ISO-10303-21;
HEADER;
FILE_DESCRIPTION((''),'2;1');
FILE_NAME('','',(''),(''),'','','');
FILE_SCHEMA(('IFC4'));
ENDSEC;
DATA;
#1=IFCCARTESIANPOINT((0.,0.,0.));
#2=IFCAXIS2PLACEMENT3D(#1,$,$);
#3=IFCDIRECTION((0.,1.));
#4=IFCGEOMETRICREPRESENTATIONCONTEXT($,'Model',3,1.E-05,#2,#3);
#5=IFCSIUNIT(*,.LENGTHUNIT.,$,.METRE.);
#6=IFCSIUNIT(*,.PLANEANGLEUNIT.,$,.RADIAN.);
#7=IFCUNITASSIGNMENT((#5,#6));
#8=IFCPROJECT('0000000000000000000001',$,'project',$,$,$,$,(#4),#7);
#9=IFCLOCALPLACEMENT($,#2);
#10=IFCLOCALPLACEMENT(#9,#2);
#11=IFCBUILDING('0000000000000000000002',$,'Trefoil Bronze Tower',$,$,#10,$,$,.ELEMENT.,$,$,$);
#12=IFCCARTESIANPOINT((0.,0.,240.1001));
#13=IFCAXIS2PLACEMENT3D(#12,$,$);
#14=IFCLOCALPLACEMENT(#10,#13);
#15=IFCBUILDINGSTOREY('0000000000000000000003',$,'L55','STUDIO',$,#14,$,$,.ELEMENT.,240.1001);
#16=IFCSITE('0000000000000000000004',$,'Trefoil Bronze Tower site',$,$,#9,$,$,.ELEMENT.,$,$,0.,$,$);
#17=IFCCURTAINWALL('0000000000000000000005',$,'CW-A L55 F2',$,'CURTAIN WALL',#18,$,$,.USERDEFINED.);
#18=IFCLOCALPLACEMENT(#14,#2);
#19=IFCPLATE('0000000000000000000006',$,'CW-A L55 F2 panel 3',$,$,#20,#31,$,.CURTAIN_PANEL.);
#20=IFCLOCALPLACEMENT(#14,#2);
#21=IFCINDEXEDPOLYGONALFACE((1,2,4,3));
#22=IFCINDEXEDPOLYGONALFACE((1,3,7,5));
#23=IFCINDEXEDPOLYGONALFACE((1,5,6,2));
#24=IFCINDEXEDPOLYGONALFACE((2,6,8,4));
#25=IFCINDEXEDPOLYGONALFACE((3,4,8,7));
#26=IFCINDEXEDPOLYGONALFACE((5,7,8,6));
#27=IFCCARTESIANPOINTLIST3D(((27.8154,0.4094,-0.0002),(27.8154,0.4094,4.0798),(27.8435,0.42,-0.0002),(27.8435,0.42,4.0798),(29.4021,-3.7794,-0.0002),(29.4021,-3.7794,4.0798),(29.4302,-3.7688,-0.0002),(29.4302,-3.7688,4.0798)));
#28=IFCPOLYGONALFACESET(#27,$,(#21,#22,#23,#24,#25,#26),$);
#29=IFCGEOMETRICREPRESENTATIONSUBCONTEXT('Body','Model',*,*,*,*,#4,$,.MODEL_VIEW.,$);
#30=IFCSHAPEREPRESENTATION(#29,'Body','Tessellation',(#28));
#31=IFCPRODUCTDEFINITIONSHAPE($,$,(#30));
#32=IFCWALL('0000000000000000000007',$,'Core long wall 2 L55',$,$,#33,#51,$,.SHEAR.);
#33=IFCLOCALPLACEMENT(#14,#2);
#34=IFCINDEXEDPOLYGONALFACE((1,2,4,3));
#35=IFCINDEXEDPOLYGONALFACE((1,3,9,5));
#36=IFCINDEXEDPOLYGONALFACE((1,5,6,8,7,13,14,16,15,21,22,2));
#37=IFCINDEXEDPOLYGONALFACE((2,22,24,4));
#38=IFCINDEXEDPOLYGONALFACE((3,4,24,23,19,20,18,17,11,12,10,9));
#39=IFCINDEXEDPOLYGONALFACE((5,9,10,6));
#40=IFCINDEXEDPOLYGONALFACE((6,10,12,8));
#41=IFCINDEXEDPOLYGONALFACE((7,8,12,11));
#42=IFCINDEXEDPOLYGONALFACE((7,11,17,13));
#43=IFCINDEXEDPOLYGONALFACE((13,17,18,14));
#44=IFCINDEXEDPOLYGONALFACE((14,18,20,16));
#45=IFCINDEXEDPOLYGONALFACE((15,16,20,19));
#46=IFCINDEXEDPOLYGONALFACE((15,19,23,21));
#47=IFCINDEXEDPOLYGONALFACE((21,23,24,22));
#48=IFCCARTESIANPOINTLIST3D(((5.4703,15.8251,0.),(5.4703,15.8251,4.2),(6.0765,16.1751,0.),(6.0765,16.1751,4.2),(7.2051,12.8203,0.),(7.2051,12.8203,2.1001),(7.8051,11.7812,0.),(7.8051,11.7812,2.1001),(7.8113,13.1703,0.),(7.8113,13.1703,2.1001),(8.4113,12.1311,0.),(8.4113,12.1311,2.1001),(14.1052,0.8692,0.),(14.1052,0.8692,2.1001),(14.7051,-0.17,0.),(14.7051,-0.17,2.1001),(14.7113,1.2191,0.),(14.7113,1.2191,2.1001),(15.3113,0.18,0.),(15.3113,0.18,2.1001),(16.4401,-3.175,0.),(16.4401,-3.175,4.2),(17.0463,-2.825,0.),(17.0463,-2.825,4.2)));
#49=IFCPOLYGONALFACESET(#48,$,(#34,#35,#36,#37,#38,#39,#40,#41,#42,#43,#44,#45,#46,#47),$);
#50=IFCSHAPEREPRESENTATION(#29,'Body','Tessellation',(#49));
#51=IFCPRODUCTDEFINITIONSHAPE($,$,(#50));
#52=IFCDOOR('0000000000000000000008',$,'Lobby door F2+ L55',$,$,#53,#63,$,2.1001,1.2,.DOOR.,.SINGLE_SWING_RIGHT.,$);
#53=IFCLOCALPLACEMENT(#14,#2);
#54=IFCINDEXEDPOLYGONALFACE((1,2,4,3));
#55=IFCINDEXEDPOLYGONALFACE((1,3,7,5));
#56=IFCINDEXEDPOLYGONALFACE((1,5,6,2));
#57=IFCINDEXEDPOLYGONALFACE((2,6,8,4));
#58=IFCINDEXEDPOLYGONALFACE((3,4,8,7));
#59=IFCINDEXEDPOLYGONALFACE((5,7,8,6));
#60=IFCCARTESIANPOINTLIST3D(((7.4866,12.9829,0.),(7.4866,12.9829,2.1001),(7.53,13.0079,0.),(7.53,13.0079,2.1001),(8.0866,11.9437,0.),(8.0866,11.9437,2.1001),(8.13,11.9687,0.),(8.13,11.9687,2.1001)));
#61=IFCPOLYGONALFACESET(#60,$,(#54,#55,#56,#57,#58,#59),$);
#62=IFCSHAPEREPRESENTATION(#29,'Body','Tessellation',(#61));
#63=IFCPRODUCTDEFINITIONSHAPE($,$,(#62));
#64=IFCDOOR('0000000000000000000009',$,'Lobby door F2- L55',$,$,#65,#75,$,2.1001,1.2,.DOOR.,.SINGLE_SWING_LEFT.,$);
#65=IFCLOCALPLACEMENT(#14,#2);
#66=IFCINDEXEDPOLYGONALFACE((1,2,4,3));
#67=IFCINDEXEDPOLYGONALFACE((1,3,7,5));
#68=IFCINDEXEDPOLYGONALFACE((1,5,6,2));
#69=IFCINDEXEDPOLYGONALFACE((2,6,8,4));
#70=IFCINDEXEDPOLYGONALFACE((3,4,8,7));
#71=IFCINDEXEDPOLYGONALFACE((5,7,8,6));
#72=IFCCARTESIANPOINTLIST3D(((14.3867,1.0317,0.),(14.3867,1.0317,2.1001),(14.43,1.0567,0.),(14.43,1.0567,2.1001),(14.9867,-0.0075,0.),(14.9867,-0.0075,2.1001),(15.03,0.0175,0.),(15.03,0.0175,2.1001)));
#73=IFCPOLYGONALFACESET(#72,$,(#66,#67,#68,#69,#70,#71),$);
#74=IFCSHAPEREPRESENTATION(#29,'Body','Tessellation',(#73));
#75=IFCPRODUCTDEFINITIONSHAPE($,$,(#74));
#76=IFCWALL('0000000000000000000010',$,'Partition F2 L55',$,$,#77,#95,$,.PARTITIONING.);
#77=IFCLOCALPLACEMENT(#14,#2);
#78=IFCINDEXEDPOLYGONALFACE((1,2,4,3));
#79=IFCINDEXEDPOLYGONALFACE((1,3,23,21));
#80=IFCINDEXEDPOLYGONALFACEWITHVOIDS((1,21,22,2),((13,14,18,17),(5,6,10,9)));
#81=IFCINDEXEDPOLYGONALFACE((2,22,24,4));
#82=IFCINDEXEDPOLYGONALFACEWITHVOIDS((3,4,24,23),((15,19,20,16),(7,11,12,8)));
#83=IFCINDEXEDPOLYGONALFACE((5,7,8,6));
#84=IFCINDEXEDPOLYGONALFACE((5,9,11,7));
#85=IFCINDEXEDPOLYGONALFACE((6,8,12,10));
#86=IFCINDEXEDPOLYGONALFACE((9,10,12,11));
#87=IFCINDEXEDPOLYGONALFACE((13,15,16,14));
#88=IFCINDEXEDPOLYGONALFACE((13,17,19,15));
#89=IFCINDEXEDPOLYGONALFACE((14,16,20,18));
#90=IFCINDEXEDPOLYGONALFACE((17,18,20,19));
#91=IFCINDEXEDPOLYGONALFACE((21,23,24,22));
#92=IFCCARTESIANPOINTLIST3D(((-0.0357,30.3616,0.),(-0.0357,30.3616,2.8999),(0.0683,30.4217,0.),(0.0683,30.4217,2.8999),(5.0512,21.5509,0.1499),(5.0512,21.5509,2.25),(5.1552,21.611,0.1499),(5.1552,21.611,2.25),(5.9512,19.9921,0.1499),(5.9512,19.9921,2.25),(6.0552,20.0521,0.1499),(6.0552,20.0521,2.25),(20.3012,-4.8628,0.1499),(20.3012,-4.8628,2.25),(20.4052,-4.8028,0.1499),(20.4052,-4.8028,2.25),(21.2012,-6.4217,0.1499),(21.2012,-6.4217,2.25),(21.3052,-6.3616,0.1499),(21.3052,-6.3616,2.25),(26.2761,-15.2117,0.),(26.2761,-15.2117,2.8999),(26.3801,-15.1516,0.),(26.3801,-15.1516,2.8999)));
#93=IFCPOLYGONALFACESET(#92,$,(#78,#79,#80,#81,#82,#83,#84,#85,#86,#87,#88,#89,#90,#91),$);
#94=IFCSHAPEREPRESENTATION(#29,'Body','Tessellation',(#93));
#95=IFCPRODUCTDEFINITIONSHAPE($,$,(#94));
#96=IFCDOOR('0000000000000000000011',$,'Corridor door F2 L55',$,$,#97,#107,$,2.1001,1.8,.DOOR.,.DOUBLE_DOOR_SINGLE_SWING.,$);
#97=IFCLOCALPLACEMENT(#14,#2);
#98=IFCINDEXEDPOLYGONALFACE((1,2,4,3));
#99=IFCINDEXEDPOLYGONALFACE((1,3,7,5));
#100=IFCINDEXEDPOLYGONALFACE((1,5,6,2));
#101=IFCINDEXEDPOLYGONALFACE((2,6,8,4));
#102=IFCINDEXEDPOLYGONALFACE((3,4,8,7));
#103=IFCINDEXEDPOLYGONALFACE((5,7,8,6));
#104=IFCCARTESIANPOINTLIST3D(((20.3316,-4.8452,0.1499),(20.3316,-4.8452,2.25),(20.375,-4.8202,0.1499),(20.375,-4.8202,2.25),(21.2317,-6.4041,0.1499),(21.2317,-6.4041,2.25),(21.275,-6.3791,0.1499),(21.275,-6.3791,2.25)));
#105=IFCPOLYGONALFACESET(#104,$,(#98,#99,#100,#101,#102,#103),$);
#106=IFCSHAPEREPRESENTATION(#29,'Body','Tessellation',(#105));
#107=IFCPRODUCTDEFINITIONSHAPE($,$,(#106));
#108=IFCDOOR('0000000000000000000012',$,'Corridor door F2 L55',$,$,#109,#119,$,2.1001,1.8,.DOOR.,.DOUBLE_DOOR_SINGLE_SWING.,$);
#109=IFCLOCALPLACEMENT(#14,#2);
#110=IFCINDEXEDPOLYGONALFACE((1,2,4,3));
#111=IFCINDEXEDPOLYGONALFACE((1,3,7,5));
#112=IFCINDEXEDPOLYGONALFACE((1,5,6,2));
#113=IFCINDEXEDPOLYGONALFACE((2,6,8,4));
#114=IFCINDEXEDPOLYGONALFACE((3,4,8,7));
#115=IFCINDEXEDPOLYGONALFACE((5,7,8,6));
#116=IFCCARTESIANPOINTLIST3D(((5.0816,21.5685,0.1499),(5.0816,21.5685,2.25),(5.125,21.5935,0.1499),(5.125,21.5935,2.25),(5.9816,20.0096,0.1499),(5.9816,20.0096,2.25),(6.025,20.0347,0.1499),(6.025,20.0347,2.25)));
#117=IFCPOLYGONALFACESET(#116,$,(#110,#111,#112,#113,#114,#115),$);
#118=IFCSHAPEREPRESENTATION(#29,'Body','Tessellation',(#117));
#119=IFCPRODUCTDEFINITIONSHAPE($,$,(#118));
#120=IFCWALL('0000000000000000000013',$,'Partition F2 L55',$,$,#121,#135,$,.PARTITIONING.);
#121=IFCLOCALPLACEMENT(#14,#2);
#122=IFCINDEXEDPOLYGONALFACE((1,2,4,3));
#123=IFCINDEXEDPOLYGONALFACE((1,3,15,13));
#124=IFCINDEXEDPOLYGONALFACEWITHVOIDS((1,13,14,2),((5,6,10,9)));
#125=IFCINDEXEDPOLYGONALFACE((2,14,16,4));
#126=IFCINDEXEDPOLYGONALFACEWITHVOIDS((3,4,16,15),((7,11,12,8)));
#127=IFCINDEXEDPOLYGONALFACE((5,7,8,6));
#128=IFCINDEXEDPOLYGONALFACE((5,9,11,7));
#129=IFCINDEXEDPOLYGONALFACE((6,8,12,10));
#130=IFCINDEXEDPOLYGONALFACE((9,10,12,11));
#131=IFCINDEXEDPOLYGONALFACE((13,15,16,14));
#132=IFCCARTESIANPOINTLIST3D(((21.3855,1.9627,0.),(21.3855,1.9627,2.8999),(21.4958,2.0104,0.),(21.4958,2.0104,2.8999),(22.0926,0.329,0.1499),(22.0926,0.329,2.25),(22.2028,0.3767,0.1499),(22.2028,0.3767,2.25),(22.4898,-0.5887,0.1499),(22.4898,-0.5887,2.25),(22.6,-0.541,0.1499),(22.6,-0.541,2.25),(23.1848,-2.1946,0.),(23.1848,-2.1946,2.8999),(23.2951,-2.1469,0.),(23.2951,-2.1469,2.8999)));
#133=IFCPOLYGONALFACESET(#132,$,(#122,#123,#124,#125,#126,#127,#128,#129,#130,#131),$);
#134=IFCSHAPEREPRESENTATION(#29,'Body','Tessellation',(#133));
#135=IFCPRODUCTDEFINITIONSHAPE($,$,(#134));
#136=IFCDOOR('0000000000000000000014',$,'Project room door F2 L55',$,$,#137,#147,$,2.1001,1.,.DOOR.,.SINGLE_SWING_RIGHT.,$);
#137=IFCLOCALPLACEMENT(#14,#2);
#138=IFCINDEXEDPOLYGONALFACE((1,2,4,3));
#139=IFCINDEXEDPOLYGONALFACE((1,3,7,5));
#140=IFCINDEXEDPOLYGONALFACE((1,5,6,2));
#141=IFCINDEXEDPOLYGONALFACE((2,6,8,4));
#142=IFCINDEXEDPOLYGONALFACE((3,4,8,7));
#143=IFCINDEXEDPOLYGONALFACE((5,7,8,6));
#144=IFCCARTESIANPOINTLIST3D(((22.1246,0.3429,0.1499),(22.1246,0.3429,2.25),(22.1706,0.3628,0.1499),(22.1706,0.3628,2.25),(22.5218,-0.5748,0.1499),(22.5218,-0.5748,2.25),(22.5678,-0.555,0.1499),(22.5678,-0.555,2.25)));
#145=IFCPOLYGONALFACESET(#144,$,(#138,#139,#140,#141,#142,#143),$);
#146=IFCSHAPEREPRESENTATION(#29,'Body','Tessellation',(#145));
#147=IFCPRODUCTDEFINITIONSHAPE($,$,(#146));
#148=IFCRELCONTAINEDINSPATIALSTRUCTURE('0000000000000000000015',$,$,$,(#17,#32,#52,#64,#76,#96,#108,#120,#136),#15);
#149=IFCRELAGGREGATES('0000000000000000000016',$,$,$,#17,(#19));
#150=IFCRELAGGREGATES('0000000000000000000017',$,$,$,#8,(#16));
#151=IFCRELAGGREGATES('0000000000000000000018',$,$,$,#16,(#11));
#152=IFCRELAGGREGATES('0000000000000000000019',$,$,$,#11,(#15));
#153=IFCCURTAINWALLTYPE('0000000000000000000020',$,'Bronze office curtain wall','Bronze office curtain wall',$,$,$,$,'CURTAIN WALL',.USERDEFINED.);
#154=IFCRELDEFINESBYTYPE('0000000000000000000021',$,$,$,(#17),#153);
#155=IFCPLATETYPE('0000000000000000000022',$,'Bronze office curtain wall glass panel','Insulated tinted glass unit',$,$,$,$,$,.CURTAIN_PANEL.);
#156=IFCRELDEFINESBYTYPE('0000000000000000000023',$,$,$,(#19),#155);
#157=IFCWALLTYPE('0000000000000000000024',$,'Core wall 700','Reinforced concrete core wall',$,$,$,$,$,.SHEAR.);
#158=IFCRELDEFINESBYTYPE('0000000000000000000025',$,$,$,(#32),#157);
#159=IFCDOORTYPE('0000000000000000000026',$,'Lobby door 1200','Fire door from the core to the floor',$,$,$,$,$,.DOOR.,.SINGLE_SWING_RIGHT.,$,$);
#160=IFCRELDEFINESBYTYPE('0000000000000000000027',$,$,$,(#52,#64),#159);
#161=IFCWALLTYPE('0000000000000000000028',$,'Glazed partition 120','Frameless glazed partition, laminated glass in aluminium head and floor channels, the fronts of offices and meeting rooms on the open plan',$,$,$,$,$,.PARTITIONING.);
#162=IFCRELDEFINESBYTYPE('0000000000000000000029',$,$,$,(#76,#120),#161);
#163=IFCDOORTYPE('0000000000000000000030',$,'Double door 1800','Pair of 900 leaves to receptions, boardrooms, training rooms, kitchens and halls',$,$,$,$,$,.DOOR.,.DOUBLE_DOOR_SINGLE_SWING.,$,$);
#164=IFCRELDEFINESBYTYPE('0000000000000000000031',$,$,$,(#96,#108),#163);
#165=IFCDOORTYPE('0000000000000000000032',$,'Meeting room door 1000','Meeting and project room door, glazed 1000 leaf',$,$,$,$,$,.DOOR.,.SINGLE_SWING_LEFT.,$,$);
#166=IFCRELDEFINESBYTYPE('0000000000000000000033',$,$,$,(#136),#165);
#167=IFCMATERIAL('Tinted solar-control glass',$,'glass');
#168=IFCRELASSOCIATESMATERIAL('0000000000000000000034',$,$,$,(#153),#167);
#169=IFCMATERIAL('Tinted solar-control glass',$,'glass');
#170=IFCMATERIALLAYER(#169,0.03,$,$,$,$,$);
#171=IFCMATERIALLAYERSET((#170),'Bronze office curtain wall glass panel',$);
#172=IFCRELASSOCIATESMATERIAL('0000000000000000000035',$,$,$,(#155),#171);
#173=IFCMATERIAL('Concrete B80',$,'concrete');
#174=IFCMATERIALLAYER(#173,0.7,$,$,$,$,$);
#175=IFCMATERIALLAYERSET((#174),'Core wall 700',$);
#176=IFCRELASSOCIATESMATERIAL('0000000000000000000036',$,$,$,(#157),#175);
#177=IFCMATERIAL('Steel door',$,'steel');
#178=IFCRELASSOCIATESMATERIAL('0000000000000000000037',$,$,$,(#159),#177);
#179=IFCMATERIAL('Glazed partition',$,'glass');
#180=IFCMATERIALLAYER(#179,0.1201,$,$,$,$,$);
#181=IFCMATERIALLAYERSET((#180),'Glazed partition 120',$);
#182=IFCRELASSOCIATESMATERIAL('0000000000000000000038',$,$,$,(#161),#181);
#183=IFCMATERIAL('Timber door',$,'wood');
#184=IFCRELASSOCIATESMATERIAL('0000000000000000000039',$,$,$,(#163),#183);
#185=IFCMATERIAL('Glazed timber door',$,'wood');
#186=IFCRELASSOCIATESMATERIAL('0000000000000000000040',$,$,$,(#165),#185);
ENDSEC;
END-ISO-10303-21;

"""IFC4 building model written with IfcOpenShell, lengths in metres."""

from ifc_helpers import new_model, si_unit, direction, frame, frame_2d, origin, origin_2d, place, context, subcontext, project, spatial, rectangle, extrude, material, layer, layer_set, type_object, element, fill, aggregate, save


model = new_model("IFC4")

# Units and contexts
model_context = context("Model", 3, precision=1e-05, world=origin(), true_north=direction((0.0, 1.0)))
body_context = subcontext(model_context, "Body", "Model", "MODEL_VIEW")
ifc_project = project(units=[si_unit("LENGTHUNIT", "METRE"), si_unit("PLANEANGLEUNIT", "RADIAN")], contexts=[model_context])

# Site, building, storey
site_placement = place(None, origin())
site = spatial("IfcSite", under=ifc_project, at=site_placement, Name="Trefoil Bronze Tower site", CompositionType="ELEMENT", RefElevation=0.0)
building_placement = place(site_placement, origin())
building = spatial("IfcBuilding", under=site, at=building_placement, Name="Trefoil Bronze Tower", CompositionType="ELEMENT")
storey_placement = place(building_placement, frame((0.0, 0.0, 240.1001)))
storey = spatial("IfcBuildingStorey", under=building, at=storey_placement, Name="L55", Description="STUDIO", CompositionType="ELEMENT", Elevation=240.1001)

# Curtain wall, plate
ifc_material_1 = material(Name="Tinted solar-control glass", Category="glass")
curtain_wall_type = type_object("IfcCurtainWallType", Name="Bronze office curtain wall", Description="Bronze office curtain wall", ElementType="CURTAIN WALL", PredefinedType="USERDEFINED", material=ifc_material_1)
curtain_wall_placement = place(storey_placement, origin())
curtain_wall = element("IfcCurtainWall", 1, at=curtain_wall_placement, inside=storey, type_object=curtain_wall_type, Name="CW-A L55 F2", ObjectType="CURTAIN WALL", PredefinedType="USERDEFINED")
ifc_material_2 = material(Name="Tinted solar-control glass", Category="glass")
ifc_layer_1 = layer(ifc_material_2, 0.03)
ifc_layer_set_1 = layer_set([ifc_layer_1], Name="Bronze office curtain wall glass panel")
plate_type = type_object("IfcPlateType", Name="Bronze office curtain wall glass panel", Description="Insulated tinted glass unit", PredefinedType="CURTAIN_PANEL", material=ifc_layer_set_1)
plate_placement = place(storey_placement, frame((28.6228, -1.6797, -0.0002), z_axis=(0.0, 0.0, 1.0), x_axis=(-0.354234, 0.935157, 0.0)))
plate = element("IfcPlate", 2, at=plate_placement, type_object=plate_type, Name="CW-A L55 F2 panel 3", PredefinedType="CURTAIN_PANEL", context=body_context, shape_type="SweptSolid", body=[
    extrude(rectangle(XDim=4.4792, YDim=0.03, at=origin_2d()), origin(), (0.0, 0.0, 1.0), 4.0801),
])
aggregate(curtain_wall, [plate])

# Walls, openings, doors
ifc_material_3 = material(Name="Concrete B80", Category="concrete")
ifc_layer_2 = layer(ifc_material_3, 0.7)
ifc_layer_set_2 = layer_set([ifc_layer_2], Name="Core wall 700")
wall_type_1 = type_object("IfcWallType", Name="Core wall 700", Description="Reinforced concrete core wall", PredefinedType="SHEAR", material=ifc_layer_set_2)
wall_1_placement = place(storey_placement, frame((16.7432, -3.0, 0.0), z_axis=(0.0, 0.0, 1.0), x_axis=(-0.500002, 0.866024, 0.0)))
wall_1 = element("IfcWall", 3, at=wall_1_placement, inside=storey, type_object=wall_type_1, Name="Core long wall 2 L55", PredefinedType="SHEAR", context=body_context, shape_type="SweptSolid", body=[
    extrude(rectangle(XDim=21.9395, YDim=0.7, at=frame_2d((10.9697, 0.0))), origin(), (0.0, 0.0, 1.0), 4.2),
])
opening_1_placement = place(wall_1_placement, frame((17.2698, 0.0, 0.0)))
opening_1 = element("IfcOpeningElement", 4, at=opening_1_placement, cuts=wall_1, PredefinedType="OPENING", context=body_context, shape_type="SweptSolid", body=[
    extrude(rectangle(XDim=1.2, YDim=2.1001, at=frame_2d((0.6001, 1.05))), frame((0.0, 0.3599, 0.0), z_axis=(0.0, -1.0, 0.0), x_axis=(1.0, 0.0, 0.0)), (0.0, 0.0, 1.0), 0.72),
])
opening_2_placement = place(wall_1_placement, frame((3.4697, 0.0, 0.0)))
opening_2 = element("IfcOpeningElement", 5, at=opening_2_placement, cuts=wall_1, PredefinedType="OPENING", context=body_context, shape_type="SweptSolid", body=[
    extrude(rectangle(XDim=1.2, YDim=2.1001, at=frame_2d((0.6001, 1.05))), frame((0.0, 0.3599, 0.0), z_axis=(0.0, -1.0, 0.0), x_axis=(1.0, 0.0, 0.0)), (0.0, 0.0, 1.0), 0.72),
])
ifc_material_4 = material(Name="Steel door", Category="steel")
door_type_1 = type_object("IfcDoorType", Name="Lobby door 1200", Description="Fire door from the core to the floor", OperationType="SINGLE_SWING_RIGHT", PredefinedType="DOOR", material=ifc_material_4)
door_1_placement = place(opening_1_placement, origin())
door_1 = element("IfcDoor", 6, at=door_1_placement, inside=storey, type_object=door_type_1, Name="Lobby door F2+ L55", OperationType="SINGLE_SWING_RIGHT", OverallHeight=2.1001, OverallWidth=1.2, PredefinedType="DOOR", context=body_context, shape_type="SweptSolid", body=[
    extrude(rectangle(XDim=1.2, YDim=2.1001, at=frame_2d((0.6001, 1.05))), frame((0.0, 0.0249, 0.0), z_axis=(0.0, -1.0, 0.0), x_axis=(1.0, 0.0, 0.0)), (0.0, 0.0, 1.0), 0.05),
])
fill(opening_1, door_1)
door_2_placement = place(opening_2_placement, origin())
door_2 = element("IfcDoor", 7, at=door_2_placement, inside=storey, type_object=door_type_1, Name="Lobby door F2- L55", OperationType="SINGLE_SWING_LEFT", OverallHeight=2.1001, OverallWidth=1.2, PredefinedType="DOOR", context=body_context, shape_type="SweptSolid", body=[
    extrude(rectangle(XDim=1.2, YDim=2.1001, at=frame_2d((0.6001, 1.05))), frame((0.0, 0.0249, 0.0), z_axis=(0.0, -1.0, 0.0), x_axis=(1.0, 0.0, 0.0)), (0.0, 0.0, 1.0), 0.05),
])
fill(opening_2, door_2)
ifc_material_5 = material(Name="Glazed partition", Category="glass")
ifc_layer_3 = layer(ifc_material_5, 0.1201)
ifc_layer_set_3 = layer_set([ifc_layer_3], Name="Glazed partition 120")
wall_type_2 = type_object("IfcWallType", Name="Glazed partition 120", Description="Frameless glazed partition, laminated glass in aluminium head and floor channels, the fronts of offices and meeting rooms on the open plan", PredefinedType="PARTITIONING", material=ifc_layer_set_3)
wall_2_placement = place(storey_placement, frame((26.3281, -15.1816, 0.0), z_axis=(0.0, 0.0, 1.0), x_axis=(-0.500001, 0.866025, 0.0)))
wall_2 = element("IfcWall", 8, at=wall_2_placement, inside=storey, type_object=wall_type_2, Name="Partition F2 L55", PredefinedType="PARTITIONING", context=body_context, shape_type="SweptSolid", body=[
    extrude(rectangle(XDim=52.6235, YDim=0.1201, at=frame_2d((26.3118, 0.0))), origin(), (0.0, 0.0, 1.0), 2.8999),
])
opening_3_placement = place(wall_2_placement, frame((10.1499, 0.0, 0.1499)))
opening_3 = element("IfcOpeningElement", 9, at=opening_3_placement, cuts=wall_2, PredefinedType="OPENING", context=body_context, shape_type="SweptSolid", body=[
    extrude(rectangle(XDim=1.8, YDim=2.1001, at=frame_2d((0.8999, 1.05))), frame((0.0, 0.0701, 0.0), z_axis=(0.0, -1.0, 0.0), x_axis=(1.0, 0.0, 0.0)), (0.0, 0.0, 1.0), 0.1401),
])
opening_4_placement = place(wall_2_placement, frame((40.6499, 0.0, 0.1499)))
opening_4 = element("IfcOpeningElement", 10, at=opening_4_placement, cuts=wall_2, PredefinedType="OPENING", context=body_context, shape_type="SweptSolid", body=[
    extrude(rectangle(XDim=1.8, YDim=2.1001, at=frame_2d((0.8999, 1.05))), frame((0.0, 0.0701, 0.0), z_axis=(0.0, -1.0, 0.0), x_axis=(1.0, 0.0, 0.0)), (0.0, 0.0, 1.0), 0.1401),
])
ifc_material_6 = material(Name="Timber door", Category="wood")
door_type_2 = type_object("IfcDoorType", Name="Double door 1800", Description="Pair of 900 leaves to receptions, boardrooms, training rooms, kitchens and halls", OperationType="DOUBLE_DOOR_SINGLE_SWING", PredefinedType="DOOR", material=ifc_material_6)
door_3_placement = place(opening_3_placement, origin())
door_3 = element("IfcDoor", 11, at=door_3_placement, inside=storey, type_object=door_type_2, Name="Corridor door F2 L55", OperationType="DOUBLE_DOOR_SINGLE_SWING", OverallHeight=2.1001, OverallWidth=1.8, PredefinedType="DOOR", context=body_context, shape_type="SweptSolid", body=[
    extrude(rectangle(XDim=1.8, YDim=2.1001, at=frame_2d((0.8999, 1.05))), frame((0.0, 0.0249, 0.0), z_axis=(0.0, -1.0, 0.0), x_axis=(1.0, 0.0, 0.0)), (0.0, 0.0, 1.0), 0.05),
])
fill(opening_3, door_3)
door_4_placement = place(opening_4_placement, origin())
door_4 = element("IfcDoor", 12, at=door_4_placement, inside=storey, type_object=door_type_2, Name="Corridor door F2 L55", OperationType="DOUBLE_DOOR_SINGLE_SWING", OverallHeight=2.1001, OverallWidth=1.8, PredefinedType="DOOR", context=body_context, shape_type="SweptSolid", body=[
    extrude(rectangle(XDim=1.8, YDim=2.1001, at=frame_2d((0.8999, 1.05))), frame((0.0, 0.0249, 0.0), z_axis=(0.0, -1.0, 0.0), x_axis=(1.0, 0.0, 0.0)), (0.0, 0.0, 1.0), 0.05),
])
fill(opening_4, door_4)

# Wall, opening, door
wall_3_placement = place(storey_placement, frame((23.24, -2.1709, 0.0), z_axis=(0.0, 0.0, 1.0), x_axis=(-0.397188, 0.917737, 0.0)))
wall_3 = element("IfcWall", 13, at=wall_3_placement, inside=storey, type_object=wall_type_2, Name="Partition F2 L55", PredefinedType="PARTITIONING", context=body_context, shape_type="SweptSolid", body=[
    extrude(rectangle(XDim=4.53, YDim=0.1201, at=frame_2d((2.2651, 0.0))), origin(), (0.0, 0.0, 1.0), 2.8999),
])
opening_5_placement = place(wall_3_placement, frame((1.75, 0.0, 0.1499)))
opening_5 = element("IfcOpeningElement", 14, at=opening_5_placement, cuts=wall_3, PredefinedType="OPENING", context=body_context, shape_type="SweptSolid", body=[
    extrude(rectangle(XDim=1.0, YDim=2.1001, at=frame_2d((0.5, 1.05))), frame((0.0, 0.0701, 0.0), z_axis=(0.0, -1.0, 0.0), x_axis=(1.0, 0.0, 0.0)), (0.0, 0.0, 1.0), 0.1401),
])
ifc_material_7 = material(Name="Glazed timber door", Category="wood")
door_type_3 = type_object("IfcDoorType", Name="Meeting room door 1000", Description="Meeting and project room door, glazed 1000 leaf", OperationType="SINGLE_SWING_LEFT", PredefinedType="DOOR", material=ifc_material_7)
door_5_placement = place(opening_5_placement, frame((1.0, 0.0, 0.0), z_axis=(0.0, 0.0, 1.0), x_axis=(-1.0, 0.0, 0.0)))
door_5 = element("IfcDoor", 15, at=door_5_placement, inside=storey, type_object=door_type_3, Name="Project room door F2 L55", OperationType="SINGLE_SWING_RIGHT", OverallHeight=2.1001, OverallWidth=1.0, PredefinedType="DOOR", context=body_context, shape_type="SweptSolid", body=[
    extrude(rectangle(XDim=1.0, YDim=2.1001, at=frame_2d((0.5, 1.05))), frame((0.0, 0.0249, 0.0), z_axis=(0.0, -1.0, 0.0), x_axis=(1.0, 0.0, 0.0)), (0.0, 0.0, 1.0), 0.05),
])
fill(opening_5, door_5)

save(model, "model.ifc")
